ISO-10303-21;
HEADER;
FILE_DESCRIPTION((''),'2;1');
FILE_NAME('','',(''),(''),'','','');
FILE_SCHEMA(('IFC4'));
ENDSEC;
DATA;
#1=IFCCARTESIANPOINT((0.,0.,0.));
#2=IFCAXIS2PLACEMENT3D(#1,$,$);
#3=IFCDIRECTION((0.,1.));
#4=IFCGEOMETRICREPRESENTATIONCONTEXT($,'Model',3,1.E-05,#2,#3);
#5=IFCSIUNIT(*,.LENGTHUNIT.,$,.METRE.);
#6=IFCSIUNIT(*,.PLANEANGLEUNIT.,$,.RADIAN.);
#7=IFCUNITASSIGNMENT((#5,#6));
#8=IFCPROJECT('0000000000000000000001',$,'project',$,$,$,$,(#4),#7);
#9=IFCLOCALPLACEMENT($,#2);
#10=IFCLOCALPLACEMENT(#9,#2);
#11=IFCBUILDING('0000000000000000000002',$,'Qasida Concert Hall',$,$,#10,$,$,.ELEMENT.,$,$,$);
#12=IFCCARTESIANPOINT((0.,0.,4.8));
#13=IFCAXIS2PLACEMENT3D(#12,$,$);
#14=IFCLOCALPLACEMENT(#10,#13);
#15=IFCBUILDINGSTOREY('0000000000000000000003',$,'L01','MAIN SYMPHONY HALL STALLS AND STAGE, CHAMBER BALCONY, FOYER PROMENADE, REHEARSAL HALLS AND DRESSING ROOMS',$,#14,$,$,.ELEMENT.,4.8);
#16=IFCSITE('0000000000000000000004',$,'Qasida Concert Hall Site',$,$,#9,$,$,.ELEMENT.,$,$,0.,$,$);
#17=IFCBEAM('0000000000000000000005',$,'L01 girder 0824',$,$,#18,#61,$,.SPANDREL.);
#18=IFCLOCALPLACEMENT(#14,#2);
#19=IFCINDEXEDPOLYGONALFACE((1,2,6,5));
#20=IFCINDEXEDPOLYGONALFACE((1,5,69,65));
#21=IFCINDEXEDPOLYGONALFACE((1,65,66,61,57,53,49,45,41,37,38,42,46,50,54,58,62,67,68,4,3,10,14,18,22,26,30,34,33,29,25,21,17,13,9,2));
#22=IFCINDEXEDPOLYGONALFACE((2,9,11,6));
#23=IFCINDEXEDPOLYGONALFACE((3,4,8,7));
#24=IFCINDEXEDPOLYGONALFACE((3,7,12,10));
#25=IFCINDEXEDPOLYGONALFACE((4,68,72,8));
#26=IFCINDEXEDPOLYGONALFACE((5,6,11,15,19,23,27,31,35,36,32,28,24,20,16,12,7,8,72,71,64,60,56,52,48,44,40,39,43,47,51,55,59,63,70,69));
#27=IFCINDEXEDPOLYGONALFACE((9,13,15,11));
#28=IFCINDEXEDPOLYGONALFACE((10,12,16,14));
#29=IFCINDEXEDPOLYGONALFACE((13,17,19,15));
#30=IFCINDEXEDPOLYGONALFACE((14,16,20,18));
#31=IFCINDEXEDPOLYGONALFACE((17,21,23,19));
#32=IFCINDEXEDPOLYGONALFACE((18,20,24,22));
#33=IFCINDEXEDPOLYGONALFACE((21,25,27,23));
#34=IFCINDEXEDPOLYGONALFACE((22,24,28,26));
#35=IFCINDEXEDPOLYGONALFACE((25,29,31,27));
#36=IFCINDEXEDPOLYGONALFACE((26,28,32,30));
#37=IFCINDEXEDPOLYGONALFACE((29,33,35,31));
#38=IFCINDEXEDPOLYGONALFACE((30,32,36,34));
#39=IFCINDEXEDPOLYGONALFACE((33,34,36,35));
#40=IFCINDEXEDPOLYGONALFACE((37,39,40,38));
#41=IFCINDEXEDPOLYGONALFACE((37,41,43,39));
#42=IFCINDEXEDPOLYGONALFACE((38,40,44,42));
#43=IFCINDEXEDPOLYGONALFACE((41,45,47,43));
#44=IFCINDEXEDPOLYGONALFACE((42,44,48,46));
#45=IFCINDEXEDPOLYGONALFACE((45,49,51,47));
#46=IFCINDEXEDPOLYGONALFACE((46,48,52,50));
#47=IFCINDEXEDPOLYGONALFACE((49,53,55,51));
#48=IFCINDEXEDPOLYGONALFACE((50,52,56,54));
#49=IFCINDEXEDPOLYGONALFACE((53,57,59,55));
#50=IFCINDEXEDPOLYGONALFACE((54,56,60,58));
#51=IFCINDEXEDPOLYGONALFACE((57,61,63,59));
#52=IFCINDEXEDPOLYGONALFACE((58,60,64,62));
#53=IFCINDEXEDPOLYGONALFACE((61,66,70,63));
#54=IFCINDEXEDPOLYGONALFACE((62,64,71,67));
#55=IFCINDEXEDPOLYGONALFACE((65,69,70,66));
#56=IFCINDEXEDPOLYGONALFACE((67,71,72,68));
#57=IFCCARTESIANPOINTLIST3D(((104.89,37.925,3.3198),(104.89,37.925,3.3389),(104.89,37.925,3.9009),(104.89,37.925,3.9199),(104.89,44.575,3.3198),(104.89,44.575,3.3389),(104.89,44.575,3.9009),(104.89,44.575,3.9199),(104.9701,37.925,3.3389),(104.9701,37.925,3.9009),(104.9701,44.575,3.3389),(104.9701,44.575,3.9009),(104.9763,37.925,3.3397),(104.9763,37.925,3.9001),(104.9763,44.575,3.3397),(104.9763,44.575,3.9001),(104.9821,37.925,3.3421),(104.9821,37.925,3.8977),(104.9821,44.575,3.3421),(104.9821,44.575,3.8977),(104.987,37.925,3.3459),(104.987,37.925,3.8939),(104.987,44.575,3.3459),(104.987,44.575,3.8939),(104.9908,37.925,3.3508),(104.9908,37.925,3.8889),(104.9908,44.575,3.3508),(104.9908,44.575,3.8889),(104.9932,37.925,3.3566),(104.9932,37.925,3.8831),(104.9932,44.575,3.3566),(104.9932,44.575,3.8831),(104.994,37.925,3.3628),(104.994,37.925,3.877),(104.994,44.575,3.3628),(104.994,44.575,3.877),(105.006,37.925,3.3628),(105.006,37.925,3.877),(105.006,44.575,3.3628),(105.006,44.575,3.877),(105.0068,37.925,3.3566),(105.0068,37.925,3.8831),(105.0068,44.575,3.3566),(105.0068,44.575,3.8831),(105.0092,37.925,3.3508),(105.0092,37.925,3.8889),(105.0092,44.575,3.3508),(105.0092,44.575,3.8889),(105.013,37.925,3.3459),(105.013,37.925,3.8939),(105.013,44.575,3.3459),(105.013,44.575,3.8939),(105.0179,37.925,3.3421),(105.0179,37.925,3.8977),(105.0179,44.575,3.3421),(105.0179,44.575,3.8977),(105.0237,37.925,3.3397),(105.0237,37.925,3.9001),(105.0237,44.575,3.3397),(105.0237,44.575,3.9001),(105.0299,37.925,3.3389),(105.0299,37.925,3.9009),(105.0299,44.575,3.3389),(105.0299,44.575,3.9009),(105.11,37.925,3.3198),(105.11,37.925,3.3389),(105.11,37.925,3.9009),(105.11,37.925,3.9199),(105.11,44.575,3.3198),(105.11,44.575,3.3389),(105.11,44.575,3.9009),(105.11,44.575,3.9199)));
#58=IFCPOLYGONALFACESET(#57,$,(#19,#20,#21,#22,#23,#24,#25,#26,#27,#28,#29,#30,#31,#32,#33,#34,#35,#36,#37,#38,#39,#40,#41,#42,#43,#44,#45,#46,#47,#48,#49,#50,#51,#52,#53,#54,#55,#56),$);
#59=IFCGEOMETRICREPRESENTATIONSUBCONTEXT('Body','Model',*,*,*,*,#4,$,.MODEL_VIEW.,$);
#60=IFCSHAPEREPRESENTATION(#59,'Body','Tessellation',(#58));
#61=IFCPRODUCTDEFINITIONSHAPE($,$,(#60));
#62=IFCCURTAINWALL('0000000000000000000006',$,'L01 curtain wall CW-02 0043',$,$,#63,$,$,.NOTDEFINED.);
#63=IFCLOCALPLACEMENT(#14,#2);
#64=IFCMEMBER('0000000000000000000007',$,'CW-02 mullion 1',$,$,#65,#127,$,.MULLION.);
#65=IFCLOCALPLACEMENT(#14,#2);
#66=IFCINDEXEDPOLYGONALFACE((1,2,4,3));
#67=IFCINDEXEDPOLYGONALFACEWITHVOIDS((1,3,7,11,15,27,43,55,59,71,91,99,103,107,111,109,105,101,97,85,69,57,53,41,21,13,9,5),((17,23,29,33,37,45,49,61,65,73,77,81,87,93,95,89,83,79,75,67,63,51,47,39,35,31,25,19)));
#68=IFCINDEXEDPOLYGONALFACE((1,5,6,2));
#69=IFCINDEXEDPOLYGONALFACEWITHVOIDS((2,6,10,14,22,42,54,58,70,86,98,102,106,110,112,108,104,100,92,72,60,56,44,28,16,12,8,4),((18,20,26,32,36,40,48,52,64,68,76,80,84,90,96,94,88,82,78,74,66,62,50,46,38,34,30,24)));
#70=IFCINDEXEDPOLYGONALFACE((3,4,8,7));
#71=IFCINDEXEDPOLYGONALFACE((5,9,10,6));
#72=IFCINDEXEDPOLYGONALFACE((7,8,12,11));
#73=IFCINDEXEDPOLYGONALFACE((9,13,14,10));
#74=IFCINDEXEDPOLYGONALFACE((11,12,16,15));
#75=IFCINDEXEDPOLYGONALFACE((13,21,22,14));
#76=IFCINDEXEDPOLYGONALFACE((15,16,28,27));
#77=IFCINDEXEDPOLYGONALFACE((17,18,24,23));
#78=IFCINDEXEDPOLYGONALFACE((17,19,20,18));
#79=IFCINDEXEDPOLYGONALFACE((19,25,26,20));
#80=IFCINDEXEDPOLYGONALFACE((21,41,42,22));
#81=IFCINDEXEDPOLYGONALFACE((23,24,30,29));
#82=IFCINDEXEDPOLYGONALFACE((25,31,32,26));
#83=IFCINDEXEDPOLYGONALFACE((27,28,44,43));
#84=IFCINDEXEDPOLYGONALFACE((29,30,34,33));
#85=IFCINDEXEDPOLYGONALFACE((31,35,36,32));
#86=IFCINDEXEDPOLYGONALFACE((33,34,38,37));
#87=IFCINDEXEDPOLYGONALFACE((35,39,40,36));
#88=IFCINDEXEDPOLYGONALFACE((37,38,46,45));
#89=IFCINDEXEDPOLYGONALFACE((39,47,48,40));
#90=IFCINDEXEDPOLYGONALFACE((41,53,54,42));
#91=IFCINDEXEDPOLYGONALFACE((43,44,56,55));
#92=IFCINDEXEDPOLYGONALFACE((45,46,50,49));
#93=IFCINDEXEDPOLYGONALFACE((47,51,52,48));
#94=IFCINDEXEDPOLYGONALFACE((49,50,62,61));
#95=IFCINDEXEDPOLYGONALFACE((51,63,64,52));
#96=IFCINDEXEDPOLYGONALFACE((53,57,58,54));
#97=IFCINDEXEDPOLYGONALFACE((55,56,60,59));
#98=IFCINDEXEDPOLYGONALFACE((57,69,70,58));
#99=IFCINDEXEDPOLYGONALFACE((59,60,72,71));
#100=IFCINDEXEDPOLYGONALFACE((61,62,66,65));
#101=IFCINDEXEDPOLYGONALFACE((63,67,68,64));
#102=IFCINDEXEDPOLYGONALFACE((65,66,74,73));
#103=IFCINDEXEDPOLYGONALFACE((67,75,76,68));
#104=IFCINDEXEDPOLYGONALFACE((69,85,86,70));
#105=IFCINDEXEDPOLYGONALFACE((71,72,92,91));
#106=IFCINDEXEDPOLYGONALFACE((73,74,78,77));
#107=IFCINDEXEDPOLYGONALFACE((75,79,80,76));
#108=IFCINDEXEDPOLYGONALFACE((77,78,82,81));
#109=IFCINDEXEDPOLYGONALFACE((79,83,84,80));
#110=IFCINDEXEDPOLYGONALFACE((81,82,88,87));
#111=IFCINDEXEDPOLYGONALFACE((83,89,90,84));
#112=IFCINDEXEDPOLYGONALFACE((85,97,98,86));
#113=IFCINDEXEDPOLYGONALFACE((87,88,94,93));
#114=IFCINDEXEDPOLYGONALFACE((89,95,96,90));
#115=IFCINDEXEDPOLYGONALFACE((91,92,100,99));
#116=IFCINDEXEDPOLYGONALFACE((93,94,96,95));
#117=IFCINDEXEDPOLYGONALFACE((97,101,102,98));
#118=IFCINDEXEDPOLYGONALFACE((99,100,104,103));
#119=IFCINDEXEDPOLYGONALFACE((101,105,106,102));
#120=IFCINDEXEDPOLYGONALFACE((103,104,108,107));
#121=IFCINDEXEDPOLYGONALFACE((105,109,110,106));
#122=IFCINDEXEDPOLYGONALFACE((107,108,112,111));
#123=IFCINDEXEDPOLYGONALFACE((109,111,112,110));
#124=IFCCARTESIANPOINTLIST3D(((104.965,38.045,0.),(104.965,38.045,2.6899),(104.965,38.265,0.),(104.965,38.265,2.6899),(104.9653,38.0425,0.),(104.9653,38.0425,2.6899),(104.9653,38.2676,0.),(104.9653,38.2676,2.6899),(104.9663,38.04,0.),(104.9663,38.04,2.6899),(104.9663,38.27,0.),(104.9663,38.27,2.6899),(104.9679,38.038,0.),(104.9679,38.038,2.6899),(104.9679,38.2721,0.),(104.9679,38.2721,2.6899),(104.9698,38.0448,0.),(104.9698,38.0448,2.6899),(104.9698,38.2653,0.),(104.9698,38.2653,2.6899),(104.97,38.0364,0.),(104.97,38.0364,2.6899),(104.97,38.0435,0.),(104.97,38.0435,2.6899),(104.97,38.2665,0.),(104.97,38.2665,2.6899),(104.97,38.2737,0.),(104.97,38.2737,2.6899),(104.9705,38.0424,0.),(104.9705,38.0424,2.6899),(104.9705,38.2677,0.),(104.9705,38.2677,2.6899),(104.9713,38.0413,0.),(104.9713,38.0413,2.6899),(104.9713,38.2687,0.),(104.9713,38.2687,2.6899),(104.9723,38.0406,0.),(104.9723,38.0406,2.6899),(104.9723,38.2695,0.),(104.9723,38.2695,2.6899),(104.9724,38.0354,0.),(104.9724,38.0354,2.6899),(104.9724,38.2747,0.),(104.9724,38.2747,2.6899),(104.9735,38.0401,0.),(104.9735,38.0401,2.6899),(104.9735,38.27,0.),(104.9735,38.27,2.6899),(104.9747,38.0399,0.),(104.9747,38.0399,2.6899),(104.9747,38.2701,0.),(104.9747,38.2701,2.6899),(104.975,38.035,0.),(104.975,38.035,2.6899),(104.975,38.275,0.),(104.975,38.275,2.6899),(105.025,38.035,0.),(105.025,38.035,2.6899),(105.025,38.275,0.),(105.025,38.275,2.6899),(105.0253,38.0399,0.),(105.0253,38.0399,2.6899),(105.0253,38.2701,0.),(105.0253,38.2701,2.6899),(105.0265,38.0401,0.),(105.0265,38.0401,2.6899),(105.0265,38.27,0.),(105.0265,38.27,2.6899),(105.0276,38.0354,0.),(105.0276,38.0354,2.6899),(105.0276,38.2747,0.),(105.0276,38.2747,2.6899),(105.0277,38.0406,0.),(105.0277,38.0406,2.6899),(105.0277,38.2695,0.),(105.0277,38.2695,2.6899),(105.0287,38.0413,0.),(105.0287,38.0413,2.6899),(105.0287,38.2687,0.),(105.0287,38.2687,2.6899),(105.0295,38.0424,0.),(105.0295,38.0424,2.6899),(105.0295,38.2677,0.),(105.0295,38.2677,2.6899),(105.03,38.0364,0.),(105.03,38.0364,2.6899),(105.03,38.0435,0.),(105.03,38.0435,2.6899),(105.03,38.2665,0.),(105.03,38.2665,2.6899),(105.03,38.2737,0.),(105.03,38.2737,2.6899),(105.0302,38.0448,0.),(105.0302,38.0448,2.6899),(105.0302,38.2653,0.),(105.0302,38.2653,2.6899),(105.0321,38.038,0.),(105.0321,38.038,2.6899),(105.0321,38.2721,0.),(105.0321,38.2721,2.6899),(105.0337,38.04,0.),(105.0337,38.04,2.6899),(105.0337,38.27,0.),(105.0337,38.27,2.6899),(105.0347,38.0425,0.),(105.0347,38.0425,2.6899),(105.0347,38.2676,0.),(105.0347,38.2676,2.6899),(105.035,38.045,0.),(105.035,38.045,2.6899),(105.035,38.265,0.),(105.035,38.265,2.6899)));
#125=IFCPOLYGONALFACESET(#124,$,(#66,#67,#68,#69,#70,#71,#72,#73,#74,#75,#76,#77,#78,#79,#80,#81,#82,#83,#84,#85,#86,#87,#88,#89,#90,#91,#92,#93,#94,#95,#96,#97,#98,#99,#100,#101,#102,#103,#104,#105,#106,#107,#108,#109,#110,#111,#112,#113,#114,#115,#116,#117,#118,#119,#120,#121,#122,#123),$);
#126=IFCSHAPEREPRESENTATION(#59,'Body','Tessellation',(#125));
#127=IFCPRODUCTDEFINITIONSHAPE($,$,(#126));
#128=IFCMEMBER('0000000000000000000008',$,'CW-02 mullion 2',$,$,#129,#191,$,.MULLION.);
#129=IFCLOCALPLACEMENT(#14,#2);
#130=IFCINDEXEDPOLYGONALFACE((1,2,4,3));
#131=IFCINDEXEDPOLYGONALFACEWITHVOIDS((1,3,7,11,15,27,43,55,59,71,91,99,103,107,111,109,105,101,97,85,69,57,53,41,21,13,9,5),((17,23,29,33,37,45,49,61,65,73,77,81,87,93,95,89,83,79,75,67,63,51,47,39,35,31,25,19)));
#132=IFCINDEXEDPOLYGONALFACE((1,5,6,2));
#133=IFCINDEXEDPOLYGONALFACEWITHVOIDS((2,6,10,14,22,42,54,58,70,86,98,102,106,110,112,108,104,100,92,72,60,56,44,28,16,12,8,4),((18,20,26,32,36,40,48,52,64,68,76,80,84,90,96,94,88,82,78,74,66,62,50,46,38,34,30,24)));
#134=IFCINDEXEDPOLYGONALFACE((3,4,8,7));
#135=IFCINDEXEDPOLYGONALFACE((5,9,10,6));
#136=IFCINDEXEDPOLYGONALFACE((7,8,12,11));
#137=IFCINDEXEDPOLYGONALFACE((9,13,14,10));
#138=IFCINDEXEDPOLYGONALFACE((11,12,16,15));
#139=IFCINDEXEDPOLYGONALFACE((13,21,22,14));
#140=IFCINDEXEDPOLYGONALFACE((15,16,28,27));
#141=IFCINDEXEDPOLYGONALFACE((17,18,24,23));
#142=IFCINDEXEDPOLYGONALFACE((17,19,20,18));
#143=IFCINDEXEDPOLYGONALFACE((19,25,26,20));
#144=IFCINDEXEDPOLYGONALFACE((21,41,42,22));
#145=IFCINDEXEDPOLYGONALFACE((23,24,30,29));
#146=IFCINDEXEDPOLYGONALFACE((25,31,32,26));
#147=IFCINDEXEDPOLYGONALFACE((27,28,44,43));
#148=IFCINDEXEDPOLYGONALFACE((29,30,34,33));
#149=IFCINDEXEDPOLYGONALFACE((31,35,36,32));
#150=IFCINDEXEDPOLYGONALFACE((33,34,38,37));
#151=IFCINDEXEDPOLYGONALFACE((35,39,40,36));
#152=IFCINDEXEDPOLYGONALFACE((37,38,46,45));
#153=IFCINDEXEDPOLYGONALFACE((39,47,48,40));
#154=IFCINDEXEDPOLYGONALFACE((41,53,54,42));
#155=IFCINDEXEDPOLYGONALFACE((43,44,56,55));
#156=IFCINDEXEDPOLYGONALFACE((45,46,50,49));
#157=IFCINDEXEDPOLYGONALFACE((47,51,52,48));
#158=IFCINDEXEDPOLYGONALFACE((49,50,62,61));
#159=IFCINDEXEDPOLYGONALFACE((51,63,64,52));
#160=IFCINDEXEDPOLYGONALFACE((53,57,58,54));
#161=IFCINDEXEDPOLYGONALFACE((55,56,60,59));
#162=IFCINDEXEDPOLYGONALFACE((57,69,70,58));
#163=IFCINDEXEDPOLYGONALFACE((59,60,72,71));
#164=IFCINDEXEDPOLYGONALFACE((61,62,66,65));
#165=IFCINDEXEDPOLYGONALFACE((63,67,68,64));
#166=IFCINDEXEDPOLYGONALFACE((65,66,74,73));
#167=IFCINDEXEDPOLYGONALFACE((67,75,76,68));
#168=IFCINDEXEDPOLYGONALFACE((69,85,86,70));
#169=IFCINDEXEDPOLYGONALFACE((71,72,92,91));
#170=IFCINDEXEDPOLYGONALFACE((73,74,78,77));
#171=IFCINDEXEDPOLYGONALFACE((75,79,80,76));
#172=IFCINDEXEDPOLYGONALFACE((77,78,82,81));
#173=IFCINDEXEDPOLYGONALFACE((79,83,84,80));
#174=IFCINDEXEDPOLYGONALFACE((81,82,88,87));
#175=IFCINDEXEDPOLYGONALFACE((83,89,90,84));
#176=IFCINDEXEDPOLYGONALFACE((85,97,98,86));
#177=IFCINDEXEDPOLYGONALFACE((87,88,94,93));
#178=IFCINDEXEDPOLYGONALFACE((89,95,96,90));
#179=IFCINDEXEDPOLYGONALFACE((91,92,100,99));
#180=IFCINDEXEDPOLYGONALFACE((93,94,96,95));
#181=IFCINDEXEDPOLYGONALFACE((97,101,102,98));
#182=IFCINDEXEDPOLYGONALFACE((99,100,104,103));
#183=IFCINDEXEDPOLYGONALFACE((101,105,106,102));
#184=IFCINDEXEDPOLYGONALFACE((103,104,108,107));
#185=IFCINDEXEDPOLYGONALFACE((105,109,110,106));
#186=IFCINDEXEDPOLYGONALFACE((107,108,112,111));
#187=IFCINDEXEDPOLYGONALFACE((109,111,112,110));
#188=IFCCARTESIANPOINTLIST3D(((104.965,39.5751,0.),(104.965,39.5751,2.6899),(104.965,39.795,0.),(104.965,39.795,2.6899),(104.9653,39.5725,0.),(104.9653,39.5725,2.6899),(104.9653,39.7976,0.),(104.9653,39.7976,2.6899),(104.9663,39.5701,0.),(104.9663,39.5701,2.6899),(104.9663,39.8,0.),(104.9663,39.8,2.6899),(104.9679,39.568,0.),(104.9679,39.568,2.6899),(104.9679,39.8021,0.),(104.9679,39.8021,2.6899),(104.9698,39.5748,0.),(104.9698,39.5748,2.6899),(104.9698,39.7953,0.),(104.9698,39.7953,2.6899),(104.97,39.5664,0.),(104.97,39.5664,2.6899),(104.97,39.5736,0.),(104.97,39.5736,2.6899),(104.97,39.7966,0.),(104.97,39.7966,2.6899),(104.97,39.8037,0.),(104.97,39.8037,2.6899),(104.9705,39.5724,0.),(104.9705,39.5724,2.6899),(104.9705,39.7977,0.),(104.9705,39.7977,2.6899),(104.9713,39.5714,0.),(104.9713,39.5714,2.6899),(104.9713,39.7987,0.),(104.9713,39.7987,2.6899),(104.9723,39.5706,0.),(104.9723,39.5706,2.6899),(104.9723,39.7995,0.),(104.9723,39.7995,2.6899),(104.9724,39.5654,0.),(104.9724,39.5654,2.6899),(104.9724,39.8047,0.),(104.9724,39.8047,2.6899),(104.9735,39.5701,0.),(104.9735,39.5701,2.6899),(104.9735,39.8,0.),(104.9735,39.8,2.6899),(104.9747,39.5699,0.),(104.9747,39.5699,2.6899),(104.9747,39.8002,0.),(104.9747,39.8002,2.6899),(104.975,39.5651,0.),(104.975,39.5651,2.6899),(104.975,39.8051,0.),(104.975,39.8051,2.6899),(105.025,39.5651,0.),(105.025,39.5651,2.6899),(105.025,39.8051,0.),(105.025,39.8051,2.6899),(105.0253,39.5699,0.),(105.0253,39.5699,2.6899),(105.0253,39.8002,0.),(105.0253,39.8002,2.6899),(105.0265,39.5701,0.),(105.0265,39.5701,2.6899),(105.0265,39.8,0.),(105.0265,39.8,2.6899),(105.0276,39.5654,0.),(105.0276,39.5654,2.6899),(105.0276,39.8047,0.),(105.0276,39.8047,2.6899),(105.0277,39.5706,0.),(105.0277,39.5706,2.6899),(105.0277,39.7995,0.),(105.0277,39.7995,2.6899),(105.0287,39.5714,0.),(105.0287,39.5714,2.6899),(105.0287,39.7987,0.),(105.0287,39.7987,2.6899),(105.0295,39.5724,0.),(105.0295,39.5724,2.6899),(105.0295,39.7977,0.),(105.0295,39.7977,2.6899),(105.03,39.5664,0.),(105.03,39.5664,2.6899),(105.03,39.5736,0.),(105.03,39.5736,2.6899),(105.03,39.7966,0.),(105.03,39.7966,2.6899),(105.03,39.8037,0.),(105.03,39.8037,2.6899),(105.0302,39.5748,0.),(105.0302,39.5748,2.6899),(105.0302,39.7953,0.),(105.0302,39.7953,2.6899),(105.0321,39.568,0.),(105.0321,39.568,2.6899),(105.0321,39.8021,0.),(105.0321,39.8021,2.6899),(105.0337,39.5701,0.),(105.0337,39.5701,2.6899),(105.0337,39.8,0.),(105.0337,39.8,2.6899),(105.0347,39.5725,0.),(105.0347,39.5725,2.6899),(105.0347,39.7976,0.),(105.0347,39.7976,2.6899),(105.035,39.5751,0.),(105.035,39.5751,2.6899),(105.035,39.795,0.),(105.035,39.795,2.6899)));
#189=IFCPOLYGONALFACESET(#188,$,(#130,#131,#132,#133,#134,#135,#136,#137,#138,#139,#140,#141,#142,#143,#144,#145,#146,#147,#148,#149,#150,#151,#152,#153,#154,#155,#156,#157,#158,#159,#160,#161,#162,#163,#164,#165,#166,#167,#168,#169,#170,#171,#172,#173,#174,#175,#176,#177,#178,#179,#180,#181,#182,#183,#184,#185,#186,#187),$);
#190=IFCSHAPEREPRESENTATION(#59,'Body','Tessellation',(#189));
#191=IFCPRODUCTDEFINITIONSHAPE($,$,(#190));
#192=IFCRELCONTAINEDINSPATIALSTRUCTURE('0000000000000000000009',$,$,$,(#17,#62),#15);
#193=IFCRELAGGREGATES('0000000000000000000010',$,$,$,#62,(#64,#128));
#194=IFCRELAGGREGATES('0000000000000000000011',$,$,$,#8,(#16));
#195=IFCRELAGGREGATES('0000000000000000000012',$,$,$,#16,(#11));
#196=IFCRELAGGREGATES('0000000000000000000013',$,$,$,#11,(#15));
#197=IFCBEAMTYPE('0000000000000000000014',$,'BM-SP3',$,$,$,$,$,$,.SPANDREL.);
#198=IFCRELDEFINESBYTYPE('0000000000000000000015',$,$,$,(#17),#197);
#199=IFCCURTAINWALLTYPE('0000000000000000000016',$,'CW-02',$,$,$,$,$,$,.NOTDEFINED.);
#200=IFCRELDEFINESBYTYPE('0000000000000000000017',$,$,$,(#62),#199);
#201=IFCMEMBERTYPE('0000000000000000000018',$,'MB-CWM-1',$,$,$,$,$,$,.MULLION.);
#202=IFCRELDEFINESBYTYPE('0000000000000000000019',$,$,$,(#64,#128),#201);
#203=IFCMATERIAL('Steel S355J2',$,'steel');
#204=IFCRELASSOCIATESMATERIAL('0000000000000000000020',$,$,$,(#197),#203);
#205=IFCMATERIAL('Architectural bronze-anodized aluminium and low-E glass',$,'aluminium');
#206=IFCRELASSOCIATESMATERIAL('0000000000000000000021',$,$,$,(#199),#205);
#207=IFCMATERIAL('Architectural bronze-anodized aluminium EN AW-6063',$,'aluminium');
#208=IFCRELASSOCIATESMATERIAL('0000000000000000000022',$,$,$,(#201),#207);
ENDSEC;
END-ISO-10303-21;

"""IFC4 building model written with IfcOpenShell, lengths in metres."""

from ifc_helpers import new_model, si_unit, direction, frame, origin, origin_2d, place, context, subcontext, project, spatial, hollow_rectangle, i_section, extrude, material, material_profile, profile_set, type_object, element, aggregate, save


model = new_model("IFC4")

# Units and contexts
model_context = context("Model", 3, precision=1e-05, world=origin(), true_north=direction((0.0, 1.0)))
body_context = subcontext(model_context, "Body", "Model", "MODEL_VIEW")
ifc_project = project(units=[si_unit("LENGTHUNIT", "METRE"), si_unit("PLANEANGLEUNIT", "RADIAN")], contexts=[model_context])

# Site, building, storey
site_placement = place(None, origin())
site = spatial("IfcSite", under=ifc_project, at=site_placement, Name="Qasida Concert Hall Site", CompositionType="ELEMENT", RefElevation=0.0)
building_placement = place(site_placement, origin())
building = spatial("IfcBuilding", under=site, at=building_placement, Name="Qasida Concert Hall", CompositionType="ELEMENT")
storey_placement = place(building_placement, frame((0.0, 0.0, 4.8)))
storey = spatial("IfcBuildingStorey", under=building, at=storey_placement, Name="L01", Description="MAIN SYMPHONY HALL STALLS AND STAGE, CHAMBER BALCONY, FOYER PROMENADE, REHEARSAL HALLS AND DRESSING ROOMS", CompositionType="ELEMENT", Elevation=4.8)

# Beam
ifc_material_1 = material(Name="Steel S355J2", Category="steel")
ifc_material_profile_1 = material_profile(ifc_material_1, i_section(OverallWidth=0.22, OverallDepth=0.6001, WebThickness=0.012, FlangeThickness=0.019, FilletRadius=0.0239, at=origin_2d()), Name="IPE 600")
ifc_profile_set_1 = profile_set([ifc_material_profile_1], Name="Steel S355J2")
beam_type = type_object("IfcBeamType", Name="BM-SP3", PredefinedType="SPANDREL", material=ifc_profile_set_1)
beam_placement = place(storey_placement, frame((105.0, 37.925, 3.6199), z_axis=(0.0, 1.0, 0.0), x_axis=(-1.0, 0.0, 0.0)))
element("IfcBeam", 1, at=beam_placement, inside=storey, type_object=beam_type, Name="L01 girder 0824", PredefinedType="SPANDREL", context=body_context, shape_type="SweptSolid", body=[
    extrude(i_section(OverallWidth=0.22, OverallDepth=0.6001, WebThickness=0.012, FlangeThickness=0.019, FilletRadius=0.0239, at=origin_2d()), origin(), (0.0, 0.0, 1.0), 6.6499),
])

# Curtain wall, members
ifc_material_2 = material(Name="Architectural bronze-anodized aluminium and low-E glass", Category="aluminium")
curtain_wall_type = type_object("IfcCurtainWallType", Name="CW-02", PredefinedType="NOTDEFINED", material=ifc_material_2)
curtain_wall_placement = place(storey_placement, origin())
curtain_wall = element("IfcCurtainWall", 2, at=curtain_wall_placement, inside=storey, type_object=curtain_wall_type, Name="L01 curtain wall CW-02 0043", PredefinedType="NOTDEFINED")
ifc_material_3 = material(Name="Architectural bronze-anodized aluminium EN AW-6063", Category="aluminium")
ifc_material_profile_2 = material_profile(ifc_material_3, hollow_rectangle(XDim=0.0701, YDim=0.24, WallThickness=0.0049, InnerFilletRadius=0.0049, OuterFilletRadius=0.01, at=origin_2d()), Name="CWM 240x70x5")
ifc_profile_set_2 = profile_set([ifc_material_profile_2], Name="Architectural bronze-anodized aluminium EN AW-6063")
member_type_1 = type_object("IfcMemberType", Name="MB-CWM-1", PredefinedType="MULLION", material=ifc_profile_set_2)
member_1_placement = place(storey_placement, frame((105.0, 38.155, 0.0), z_axis=(0.0, 0.0, 1.0), x_axis=(-1.0, 0.0, 0.0)))
member_1 = element("IfcMember", 3, at=member_1_placement, type_object=member_type_1, Name="CW-02 mullion 1", PredefinedType="MULLION", context=body_context, shape_type="SweptSolid", body=[
    extrude(hollow_rectangle(XDim=0.0701, YDim=0.24, WallThickness=0.0049, InnerFilletRadius=0.0049, OuterFilletRadius=0.01, at=origin_2d()), origin(), (0.0, 0.0, 1.0), 2.6899),
])
member_2_placement = place(storey_placement, frame((105.0, 39.6851, 0.0), z_axis=(0.0, 0.0, 1.0), x_axis=(-1.0, 0.0, 0.0)))
member_2 = element("IfcMember", 4, at=member_2_placement, type_object=member_type_1, Name="CW-02 mullion 2", PredefinedType="MULLION", context=body_context, shape_type="SweptSolid", body=[
    extrude(hollow_rectangle(XDim=0.0701, YDim=0.24, WallThickness=0.0049, InnerFilletRadius=0.0049, OuterFilletRadius=0.01, at=origin_2d()), origin(), (0.0, 0.0, 1.0), 2.6899),
])
aggregate(curtain_wall, [member_1, member_2])

save(model, "model.ifc")
